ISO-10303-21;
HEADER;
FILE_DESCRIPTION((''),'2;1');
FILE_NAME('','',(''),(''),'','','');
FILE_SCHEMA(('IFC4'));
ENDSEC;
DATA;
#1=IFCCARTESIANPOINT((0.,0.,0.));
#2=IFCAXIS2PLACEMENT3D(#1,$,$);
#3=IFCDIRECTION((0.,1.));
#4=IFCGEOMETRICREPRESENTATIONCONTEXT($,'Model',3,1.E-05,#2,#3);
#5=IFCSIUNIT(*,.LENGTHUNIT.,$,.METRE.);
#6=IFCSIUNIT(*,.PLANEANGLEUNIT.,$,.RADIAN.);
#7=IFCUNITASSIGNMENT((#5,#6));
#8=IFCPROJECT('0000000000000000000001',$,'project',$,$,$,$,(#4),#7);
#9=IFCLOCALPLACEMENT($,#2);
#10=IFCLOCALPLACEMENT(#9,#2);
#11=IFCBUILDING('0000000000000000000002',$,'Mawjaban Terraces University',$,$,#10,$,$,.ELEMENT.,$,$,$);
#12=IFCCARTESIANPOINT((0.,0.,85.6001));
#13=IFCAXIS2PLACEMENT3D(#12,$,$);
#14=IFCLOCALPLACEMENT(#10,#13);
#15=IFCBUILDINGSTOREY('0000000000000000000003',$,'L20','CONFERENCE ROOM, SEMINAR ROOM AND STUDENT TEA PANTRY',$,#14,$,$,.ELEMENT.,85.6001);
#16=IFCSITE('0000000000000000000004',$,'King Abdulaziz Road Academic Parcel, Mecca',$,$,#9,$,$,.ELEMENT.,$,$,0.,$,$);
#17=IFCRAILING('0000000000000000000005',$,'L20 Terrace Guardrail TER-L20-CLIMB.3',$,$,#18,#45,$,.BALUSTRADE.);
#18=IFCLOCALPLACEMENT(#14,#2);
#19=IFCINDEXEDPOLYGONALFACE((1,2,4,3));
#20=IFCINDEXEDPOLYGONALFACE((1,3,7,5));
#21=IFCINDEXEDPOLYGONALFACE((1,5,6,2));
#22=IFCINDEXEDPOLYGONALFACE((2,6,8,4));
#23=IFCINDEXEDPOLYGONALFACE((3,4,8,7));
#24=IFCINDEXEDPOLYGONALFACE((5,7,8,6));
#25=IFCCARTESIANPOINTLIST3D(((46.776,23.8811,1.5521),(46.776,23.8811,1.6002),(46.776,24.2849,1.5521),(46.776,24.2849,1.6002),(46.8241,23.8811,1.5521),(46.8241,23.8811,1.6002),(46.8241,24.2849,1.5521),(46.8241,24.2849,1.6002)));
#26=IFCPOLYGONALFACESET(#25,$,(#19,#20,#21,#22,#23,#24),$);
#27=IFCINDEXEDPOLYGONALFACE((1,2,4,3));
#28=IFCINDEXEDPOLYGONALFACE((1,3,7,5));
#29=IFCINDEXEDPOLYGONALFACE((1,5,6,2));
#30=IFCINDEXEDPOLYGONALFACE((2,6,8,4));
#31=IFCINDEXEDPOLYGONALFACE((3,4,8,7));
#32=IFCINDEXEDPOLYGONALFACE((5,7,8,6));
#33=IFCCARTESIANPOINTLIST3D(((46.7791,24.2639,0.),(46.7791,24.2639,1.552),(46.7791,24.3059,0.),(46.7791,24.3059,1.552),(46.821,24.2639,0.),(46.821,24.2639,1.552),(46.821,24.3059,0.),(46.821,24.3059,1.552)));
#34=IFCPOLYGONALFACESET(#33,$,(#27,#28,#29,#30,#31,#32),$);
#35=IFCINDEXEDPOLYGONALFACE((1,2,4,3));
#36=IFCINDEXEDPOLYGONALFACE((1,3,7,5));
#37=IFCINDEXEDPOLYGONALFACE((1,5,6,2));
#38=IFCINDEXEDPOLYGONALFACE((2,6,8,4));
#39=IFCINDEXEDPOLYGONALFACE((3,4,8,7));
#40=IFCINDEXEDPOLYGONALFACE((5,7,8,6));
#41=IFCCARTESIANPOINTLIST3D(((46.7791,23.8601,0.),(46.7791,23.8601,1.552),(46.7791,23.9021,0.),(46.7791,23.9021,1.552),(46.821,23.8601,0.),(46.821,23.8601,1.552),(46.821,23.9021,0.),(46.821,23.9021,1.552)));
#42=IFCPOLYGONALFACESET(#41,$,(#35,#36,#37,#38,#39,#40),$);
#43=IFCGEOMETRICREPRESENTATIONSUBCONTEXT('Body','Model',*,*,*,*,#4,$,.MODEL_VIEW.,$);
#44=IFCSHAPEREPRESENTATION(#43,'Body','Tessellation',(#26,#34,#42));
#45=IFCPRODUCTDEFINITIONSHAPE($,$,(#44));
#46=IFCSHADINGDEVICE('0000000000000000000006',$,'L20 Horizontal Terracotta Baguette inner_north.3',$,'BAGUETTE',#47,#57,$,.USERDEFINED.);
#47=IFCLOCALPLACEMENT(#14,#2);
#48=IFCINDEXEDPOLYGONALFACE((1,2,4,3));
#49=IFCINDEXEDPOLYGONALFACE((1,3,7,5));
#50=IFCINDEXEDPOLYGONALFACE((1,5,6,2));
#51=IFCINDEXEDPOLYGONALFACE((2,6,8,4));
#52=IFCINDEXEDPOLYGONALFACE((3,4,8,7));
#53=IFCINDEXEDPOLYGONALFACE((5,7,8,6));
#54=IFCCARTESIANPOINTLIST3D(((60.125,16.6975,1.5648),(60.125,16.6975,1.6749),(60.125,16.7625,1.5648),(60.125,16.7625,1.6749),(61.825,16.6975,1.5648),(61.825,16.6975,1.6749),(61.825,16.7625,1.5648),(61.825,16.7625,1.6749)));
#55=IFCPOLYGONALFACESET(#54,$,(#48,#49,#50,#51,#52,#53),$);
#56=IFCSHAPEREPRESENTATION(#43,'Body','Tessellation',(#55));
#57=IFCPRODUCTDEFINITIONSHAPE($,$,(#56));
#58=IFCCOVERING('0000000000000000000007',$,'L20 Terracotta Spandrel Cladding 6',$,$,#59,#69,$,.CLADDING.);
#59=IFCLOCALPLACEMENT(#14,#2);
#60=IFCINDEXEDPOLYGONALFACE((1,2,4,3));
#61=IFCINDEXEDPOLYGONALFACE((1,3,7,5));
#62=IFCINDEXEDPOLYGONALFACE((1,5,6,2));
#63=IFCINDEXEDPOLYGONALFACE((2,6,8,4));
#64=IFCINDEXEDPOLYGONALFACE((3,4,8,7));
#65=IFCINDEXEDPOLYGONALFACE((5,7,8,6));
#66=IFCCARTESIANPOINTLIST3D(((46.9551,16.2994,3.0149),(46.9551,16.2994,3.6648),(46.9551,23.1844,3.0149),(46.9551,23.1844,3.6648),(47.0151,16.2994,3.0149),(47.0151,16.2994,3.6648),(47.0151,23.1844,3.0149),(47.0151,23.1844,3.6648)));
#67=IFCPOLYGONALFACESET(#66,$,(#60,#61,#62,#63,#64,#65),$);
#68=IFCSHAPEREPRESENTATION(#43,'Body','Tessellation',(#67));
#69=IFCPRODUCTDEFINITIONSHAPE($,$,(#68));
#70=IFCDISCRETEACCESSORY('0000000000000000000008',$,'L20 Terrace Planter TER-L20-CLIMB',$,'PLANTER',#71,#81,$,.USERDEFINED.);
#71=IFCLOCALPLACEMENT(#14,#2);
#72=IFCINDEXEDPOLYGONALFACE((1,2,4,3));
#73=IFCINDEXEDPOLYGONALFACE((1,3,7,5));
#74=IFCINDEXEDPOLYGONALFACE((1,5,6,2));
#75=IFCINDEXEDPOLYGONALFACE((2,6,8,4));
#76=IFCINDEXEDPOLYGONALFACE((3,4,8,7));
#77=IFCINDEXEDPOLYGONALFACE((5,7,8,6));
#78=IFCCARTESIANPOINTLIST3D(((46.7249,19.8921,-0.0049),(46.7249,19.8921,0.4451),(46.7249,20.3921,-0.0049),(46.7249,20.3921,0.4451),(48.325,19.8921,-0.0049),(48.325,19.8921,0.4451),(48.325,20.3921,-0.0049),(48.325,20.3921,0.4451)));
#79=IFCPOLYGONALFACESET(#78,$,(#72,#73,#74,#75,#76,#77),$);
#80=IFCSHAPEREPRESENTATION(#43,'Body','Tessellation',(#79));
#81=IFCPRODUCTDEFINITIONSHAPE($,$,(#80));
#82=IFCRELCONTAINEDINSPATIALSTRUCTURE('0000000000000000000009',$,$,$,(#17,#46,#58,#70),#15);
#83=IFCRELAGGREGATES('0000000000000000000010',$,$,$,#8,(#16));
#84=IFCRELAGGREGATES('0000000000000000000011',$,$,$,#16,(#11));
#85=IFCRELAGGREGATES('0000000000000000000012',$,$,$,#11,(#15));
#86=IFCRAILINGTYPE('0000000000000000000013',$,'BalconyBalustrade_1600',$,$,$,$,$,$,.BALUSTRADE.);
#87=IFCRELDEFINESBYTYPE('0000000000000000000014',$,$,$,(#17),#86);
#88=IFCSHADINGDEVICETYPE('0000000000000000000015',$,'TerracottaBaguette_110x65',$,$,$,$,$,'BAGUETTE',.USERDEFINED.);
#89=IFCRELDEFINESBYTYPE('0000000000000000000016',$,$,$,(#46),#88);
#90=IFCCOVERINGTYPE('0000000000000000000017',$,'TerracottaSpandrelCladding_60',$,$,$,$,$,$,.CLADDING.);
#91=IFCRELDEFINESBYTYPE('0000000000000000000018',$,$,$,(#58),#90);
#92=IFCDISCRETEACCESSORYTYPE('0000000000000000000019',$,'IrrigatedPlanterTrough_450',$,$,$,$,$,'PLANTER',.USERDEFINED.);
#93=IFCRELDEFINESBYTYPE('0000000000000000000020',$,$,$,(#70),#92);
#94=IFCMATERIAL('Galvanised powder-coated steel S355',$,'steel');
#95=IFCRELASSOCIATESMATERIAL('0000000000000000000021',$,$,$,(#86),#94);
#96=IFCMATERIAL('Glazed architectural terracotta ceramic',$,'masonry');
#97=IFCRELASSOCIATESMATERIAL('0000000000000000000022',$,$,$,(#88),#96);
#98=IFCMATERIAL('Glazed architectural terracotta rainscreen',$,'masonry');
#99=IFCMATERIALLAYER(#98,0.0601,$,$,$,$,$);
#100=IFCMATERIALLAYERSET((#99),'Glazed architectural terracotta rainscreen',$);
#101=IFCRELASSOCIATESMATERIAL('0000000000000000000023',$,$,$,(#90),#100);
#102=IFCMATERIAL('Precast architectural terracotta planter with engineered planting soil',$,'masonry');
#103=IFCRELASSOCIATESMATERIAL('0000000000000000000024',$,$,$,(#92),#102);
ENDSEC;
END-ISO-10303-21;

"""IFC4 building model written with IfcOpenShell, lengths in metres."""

from ifc_helpers import new_model, si_unit, direction, frame, origin, origin_2d, place, context, subcontext, project, spatial, rectangle, extrude, material, layer, layer_set, material_profile, profile_set, type_object, element, save


model = new_model("IFC4")

# Units and contexts
model_context = context("Model", 3, precision=1e-05, world=origin(), true_north=direction((0.0, 1.0)))
body_context = subcontext(model_context, "Body", "Model", "MODEL_VIEW")
ifc_project = project(units=[si_unit("LENGTHUNIT", "METRE"), si_unit("PLANEANGLEUNIT", "RADIAN")], contexts=[model_context])

# Site, building, storey
site_placement = place(None, origin())
site = spatial("IfcSite", under=ifc_project, at=site_placement, Name="King Abdulaziz Road Academic Parcel, Mecca", CompositionType="ELEMENT", RefElevation=0.0)
building_placement = place(site_placement, origin())
building = spatial("IfcBuilding", under=site, at=building_placement, Name="Mawjaban Terraces University", CompositionType="ELEMENT")
storey_placement = place(building_placement, frame((0.0, 0.0, 85.6001)))
storey = spatial("IfcBuildingStorey", under=building, at=storey_placement, Name="L20", Description="CONFERENCE ROOM, SEMINAR ROOM AND STUDENT TEA PANTRY", CompositionType="ELEMENT", Elevation=85.6001)

# Railing
ifc_material_1 = material(Name="Galvanised powder-coated steel S355", Category="steel")
railing_type = type_object("IfcRailingType", Name="BalconyBalustrade_1600", PredefinedType="BALUSTRADE", material=ifc_material_1)
railing_1_placement = place(storey_placement, frame((46.8, 24.2849, 0.0)))
element("IfcRailing", 1, at=railing_1_placement, inside=storey, type_object=railing_type, Name="L20 Terrace Guardrail TER-L20-CLIMB.3", PredefinedType="BALUSTRADE", context=body_context, shape_type="SweptSolid", body=[
    extrude(rectangle(XDim=0.0481, YDim=0.0481, at=origin_2d()), frame((0.0, 0.0, 1.5762), z_axis=(0.0, -1.0, 0.0), x_axis=(1.0, 0.0, 0.0)), (0.0, 0.0, 1.0), 0.4038),
    extrude(rectangle(XDim=0.042, YDim=0.042, at=origin_2d()), origin(), (0.0, 0.0, 1.0), 1.552),
    extrude(rectangle(XDim=0.042, YDim=0.042, at=origin_2d()), frame((0.0, -0.4038, 0.0)), (0.0, 0.0, 1.0), 1.552),
])

# Shading device
ifc_material_2 = material(Name="Glazed architectural terracotta ceramic", Category="masonry")
ifc_material_profile_1 = material_profile(ifc_material_2, rectangle(XDim=0.0649, YDim=0.1101, at=origin_2d()), Name="TBAG110X65")
ifc_profile_set_1 = profile_set([ifc_material_profile_1], Name="Glazed architectural terracotta ceramic")
shading_device_type = type_object("IfcShadingDeviceType", Name="TerracottaBaguette_110x65", ElementType="BAGUETTE", PredefinedType="USERDEFINED", material=ifc_profile_set_1)
shading_device_placement = place(storey_placement, frame((60.125, 16.73, 1.6199), z_axis=(1.0, 0.0, 0.0), x_axis=(0.0, 1.0, 0.0)))
element("IfcShadingDevice", 2, at=shading_device_placement, inside=storey, type_object=shading_device_type, Name="L20 Horizontal Terracotta Baguette inner_north.3", ObjectType="BAGUETTE", PredefinedType="USERDEFINED", context=body_context, shape_type="SweptSolid", body=[
    extrude(rectangle(XDim=0.0649, YDim=0.1101, at=origin_2d()), origin(), (0.0, 0.0, 1.0), 1.7),
])

# Covering
ifc_material_3 = material(Name="Glazed architectural terracotta rainscreen", Category="masonry")
ifc_layer_1 = layer(ifc_material_3, 0.0601)
ifc_layer_set_1 = layer_set([ifc_layer_1], Name="Glazed architectural terracotta rainscreen")
covering_type = type_object("IfcCoveringType", Name="TerracottaSpandrelCladding_60", PredefinedType="CLADDING", material=ifc_layer_set_1)
covering_placement = place(storey_placement, frame((46.9851, 19.7419, 3.0149), z_axis=(0.0, 0.0, 1.0), x_axis=(0.0, 1.0, 0.0)))
element("IfcCovering", 3, at=covering_placement, inside=storey, type_object=covering_type, Name="L20 Terracotta Spandrel Cladding 6", PredefinedType="CLADDING", context=body_context, shape_type="SweptSolid", body=[
    extrude(rectangle(XDim=6.885, YDim=0.0601, at=origin_2d()), origin(), (0.0, 0.0, 1.0), 0.6499),
])

# Discrete accessory
ifc_material_4 = material(Name="Precast architectural terracotta planter with engineered planting soil", Category="masonry")
discrete_accessory_type = type_object("IfcDiscreteAccessoryType", Name="IrrigatedPlanterTrough_450", ElementType="PLANTER", PredefinedType="USERDEFINED", material=ifc_material_4)
discrete_accessory_placement = place(storey_placement, frame((47.5249, 20.1421, -0.0049), z_axis=(0.0, 0.0, 1.0), x_axis=(1.0, 0.0, 0.0)))
element("IfcDiscreteAccessory", 4, at=discrete_accessory_placement, inside=storey, type_object=discrete_accessory_type, Name="L20 Terrace Planter TER-L20-CLIMB", ObjectType="PLANTER", PredefinedType="USERDEFINED", context=body_context, shape_type="SweptSolid", body=[
    extrude(rectangle(XDim=1.6001, YDim=0.5, at=origin_2d()), origin(), (0.0, 0.0, 1.0), 0.45),
])

save(model, "model.ifc")
